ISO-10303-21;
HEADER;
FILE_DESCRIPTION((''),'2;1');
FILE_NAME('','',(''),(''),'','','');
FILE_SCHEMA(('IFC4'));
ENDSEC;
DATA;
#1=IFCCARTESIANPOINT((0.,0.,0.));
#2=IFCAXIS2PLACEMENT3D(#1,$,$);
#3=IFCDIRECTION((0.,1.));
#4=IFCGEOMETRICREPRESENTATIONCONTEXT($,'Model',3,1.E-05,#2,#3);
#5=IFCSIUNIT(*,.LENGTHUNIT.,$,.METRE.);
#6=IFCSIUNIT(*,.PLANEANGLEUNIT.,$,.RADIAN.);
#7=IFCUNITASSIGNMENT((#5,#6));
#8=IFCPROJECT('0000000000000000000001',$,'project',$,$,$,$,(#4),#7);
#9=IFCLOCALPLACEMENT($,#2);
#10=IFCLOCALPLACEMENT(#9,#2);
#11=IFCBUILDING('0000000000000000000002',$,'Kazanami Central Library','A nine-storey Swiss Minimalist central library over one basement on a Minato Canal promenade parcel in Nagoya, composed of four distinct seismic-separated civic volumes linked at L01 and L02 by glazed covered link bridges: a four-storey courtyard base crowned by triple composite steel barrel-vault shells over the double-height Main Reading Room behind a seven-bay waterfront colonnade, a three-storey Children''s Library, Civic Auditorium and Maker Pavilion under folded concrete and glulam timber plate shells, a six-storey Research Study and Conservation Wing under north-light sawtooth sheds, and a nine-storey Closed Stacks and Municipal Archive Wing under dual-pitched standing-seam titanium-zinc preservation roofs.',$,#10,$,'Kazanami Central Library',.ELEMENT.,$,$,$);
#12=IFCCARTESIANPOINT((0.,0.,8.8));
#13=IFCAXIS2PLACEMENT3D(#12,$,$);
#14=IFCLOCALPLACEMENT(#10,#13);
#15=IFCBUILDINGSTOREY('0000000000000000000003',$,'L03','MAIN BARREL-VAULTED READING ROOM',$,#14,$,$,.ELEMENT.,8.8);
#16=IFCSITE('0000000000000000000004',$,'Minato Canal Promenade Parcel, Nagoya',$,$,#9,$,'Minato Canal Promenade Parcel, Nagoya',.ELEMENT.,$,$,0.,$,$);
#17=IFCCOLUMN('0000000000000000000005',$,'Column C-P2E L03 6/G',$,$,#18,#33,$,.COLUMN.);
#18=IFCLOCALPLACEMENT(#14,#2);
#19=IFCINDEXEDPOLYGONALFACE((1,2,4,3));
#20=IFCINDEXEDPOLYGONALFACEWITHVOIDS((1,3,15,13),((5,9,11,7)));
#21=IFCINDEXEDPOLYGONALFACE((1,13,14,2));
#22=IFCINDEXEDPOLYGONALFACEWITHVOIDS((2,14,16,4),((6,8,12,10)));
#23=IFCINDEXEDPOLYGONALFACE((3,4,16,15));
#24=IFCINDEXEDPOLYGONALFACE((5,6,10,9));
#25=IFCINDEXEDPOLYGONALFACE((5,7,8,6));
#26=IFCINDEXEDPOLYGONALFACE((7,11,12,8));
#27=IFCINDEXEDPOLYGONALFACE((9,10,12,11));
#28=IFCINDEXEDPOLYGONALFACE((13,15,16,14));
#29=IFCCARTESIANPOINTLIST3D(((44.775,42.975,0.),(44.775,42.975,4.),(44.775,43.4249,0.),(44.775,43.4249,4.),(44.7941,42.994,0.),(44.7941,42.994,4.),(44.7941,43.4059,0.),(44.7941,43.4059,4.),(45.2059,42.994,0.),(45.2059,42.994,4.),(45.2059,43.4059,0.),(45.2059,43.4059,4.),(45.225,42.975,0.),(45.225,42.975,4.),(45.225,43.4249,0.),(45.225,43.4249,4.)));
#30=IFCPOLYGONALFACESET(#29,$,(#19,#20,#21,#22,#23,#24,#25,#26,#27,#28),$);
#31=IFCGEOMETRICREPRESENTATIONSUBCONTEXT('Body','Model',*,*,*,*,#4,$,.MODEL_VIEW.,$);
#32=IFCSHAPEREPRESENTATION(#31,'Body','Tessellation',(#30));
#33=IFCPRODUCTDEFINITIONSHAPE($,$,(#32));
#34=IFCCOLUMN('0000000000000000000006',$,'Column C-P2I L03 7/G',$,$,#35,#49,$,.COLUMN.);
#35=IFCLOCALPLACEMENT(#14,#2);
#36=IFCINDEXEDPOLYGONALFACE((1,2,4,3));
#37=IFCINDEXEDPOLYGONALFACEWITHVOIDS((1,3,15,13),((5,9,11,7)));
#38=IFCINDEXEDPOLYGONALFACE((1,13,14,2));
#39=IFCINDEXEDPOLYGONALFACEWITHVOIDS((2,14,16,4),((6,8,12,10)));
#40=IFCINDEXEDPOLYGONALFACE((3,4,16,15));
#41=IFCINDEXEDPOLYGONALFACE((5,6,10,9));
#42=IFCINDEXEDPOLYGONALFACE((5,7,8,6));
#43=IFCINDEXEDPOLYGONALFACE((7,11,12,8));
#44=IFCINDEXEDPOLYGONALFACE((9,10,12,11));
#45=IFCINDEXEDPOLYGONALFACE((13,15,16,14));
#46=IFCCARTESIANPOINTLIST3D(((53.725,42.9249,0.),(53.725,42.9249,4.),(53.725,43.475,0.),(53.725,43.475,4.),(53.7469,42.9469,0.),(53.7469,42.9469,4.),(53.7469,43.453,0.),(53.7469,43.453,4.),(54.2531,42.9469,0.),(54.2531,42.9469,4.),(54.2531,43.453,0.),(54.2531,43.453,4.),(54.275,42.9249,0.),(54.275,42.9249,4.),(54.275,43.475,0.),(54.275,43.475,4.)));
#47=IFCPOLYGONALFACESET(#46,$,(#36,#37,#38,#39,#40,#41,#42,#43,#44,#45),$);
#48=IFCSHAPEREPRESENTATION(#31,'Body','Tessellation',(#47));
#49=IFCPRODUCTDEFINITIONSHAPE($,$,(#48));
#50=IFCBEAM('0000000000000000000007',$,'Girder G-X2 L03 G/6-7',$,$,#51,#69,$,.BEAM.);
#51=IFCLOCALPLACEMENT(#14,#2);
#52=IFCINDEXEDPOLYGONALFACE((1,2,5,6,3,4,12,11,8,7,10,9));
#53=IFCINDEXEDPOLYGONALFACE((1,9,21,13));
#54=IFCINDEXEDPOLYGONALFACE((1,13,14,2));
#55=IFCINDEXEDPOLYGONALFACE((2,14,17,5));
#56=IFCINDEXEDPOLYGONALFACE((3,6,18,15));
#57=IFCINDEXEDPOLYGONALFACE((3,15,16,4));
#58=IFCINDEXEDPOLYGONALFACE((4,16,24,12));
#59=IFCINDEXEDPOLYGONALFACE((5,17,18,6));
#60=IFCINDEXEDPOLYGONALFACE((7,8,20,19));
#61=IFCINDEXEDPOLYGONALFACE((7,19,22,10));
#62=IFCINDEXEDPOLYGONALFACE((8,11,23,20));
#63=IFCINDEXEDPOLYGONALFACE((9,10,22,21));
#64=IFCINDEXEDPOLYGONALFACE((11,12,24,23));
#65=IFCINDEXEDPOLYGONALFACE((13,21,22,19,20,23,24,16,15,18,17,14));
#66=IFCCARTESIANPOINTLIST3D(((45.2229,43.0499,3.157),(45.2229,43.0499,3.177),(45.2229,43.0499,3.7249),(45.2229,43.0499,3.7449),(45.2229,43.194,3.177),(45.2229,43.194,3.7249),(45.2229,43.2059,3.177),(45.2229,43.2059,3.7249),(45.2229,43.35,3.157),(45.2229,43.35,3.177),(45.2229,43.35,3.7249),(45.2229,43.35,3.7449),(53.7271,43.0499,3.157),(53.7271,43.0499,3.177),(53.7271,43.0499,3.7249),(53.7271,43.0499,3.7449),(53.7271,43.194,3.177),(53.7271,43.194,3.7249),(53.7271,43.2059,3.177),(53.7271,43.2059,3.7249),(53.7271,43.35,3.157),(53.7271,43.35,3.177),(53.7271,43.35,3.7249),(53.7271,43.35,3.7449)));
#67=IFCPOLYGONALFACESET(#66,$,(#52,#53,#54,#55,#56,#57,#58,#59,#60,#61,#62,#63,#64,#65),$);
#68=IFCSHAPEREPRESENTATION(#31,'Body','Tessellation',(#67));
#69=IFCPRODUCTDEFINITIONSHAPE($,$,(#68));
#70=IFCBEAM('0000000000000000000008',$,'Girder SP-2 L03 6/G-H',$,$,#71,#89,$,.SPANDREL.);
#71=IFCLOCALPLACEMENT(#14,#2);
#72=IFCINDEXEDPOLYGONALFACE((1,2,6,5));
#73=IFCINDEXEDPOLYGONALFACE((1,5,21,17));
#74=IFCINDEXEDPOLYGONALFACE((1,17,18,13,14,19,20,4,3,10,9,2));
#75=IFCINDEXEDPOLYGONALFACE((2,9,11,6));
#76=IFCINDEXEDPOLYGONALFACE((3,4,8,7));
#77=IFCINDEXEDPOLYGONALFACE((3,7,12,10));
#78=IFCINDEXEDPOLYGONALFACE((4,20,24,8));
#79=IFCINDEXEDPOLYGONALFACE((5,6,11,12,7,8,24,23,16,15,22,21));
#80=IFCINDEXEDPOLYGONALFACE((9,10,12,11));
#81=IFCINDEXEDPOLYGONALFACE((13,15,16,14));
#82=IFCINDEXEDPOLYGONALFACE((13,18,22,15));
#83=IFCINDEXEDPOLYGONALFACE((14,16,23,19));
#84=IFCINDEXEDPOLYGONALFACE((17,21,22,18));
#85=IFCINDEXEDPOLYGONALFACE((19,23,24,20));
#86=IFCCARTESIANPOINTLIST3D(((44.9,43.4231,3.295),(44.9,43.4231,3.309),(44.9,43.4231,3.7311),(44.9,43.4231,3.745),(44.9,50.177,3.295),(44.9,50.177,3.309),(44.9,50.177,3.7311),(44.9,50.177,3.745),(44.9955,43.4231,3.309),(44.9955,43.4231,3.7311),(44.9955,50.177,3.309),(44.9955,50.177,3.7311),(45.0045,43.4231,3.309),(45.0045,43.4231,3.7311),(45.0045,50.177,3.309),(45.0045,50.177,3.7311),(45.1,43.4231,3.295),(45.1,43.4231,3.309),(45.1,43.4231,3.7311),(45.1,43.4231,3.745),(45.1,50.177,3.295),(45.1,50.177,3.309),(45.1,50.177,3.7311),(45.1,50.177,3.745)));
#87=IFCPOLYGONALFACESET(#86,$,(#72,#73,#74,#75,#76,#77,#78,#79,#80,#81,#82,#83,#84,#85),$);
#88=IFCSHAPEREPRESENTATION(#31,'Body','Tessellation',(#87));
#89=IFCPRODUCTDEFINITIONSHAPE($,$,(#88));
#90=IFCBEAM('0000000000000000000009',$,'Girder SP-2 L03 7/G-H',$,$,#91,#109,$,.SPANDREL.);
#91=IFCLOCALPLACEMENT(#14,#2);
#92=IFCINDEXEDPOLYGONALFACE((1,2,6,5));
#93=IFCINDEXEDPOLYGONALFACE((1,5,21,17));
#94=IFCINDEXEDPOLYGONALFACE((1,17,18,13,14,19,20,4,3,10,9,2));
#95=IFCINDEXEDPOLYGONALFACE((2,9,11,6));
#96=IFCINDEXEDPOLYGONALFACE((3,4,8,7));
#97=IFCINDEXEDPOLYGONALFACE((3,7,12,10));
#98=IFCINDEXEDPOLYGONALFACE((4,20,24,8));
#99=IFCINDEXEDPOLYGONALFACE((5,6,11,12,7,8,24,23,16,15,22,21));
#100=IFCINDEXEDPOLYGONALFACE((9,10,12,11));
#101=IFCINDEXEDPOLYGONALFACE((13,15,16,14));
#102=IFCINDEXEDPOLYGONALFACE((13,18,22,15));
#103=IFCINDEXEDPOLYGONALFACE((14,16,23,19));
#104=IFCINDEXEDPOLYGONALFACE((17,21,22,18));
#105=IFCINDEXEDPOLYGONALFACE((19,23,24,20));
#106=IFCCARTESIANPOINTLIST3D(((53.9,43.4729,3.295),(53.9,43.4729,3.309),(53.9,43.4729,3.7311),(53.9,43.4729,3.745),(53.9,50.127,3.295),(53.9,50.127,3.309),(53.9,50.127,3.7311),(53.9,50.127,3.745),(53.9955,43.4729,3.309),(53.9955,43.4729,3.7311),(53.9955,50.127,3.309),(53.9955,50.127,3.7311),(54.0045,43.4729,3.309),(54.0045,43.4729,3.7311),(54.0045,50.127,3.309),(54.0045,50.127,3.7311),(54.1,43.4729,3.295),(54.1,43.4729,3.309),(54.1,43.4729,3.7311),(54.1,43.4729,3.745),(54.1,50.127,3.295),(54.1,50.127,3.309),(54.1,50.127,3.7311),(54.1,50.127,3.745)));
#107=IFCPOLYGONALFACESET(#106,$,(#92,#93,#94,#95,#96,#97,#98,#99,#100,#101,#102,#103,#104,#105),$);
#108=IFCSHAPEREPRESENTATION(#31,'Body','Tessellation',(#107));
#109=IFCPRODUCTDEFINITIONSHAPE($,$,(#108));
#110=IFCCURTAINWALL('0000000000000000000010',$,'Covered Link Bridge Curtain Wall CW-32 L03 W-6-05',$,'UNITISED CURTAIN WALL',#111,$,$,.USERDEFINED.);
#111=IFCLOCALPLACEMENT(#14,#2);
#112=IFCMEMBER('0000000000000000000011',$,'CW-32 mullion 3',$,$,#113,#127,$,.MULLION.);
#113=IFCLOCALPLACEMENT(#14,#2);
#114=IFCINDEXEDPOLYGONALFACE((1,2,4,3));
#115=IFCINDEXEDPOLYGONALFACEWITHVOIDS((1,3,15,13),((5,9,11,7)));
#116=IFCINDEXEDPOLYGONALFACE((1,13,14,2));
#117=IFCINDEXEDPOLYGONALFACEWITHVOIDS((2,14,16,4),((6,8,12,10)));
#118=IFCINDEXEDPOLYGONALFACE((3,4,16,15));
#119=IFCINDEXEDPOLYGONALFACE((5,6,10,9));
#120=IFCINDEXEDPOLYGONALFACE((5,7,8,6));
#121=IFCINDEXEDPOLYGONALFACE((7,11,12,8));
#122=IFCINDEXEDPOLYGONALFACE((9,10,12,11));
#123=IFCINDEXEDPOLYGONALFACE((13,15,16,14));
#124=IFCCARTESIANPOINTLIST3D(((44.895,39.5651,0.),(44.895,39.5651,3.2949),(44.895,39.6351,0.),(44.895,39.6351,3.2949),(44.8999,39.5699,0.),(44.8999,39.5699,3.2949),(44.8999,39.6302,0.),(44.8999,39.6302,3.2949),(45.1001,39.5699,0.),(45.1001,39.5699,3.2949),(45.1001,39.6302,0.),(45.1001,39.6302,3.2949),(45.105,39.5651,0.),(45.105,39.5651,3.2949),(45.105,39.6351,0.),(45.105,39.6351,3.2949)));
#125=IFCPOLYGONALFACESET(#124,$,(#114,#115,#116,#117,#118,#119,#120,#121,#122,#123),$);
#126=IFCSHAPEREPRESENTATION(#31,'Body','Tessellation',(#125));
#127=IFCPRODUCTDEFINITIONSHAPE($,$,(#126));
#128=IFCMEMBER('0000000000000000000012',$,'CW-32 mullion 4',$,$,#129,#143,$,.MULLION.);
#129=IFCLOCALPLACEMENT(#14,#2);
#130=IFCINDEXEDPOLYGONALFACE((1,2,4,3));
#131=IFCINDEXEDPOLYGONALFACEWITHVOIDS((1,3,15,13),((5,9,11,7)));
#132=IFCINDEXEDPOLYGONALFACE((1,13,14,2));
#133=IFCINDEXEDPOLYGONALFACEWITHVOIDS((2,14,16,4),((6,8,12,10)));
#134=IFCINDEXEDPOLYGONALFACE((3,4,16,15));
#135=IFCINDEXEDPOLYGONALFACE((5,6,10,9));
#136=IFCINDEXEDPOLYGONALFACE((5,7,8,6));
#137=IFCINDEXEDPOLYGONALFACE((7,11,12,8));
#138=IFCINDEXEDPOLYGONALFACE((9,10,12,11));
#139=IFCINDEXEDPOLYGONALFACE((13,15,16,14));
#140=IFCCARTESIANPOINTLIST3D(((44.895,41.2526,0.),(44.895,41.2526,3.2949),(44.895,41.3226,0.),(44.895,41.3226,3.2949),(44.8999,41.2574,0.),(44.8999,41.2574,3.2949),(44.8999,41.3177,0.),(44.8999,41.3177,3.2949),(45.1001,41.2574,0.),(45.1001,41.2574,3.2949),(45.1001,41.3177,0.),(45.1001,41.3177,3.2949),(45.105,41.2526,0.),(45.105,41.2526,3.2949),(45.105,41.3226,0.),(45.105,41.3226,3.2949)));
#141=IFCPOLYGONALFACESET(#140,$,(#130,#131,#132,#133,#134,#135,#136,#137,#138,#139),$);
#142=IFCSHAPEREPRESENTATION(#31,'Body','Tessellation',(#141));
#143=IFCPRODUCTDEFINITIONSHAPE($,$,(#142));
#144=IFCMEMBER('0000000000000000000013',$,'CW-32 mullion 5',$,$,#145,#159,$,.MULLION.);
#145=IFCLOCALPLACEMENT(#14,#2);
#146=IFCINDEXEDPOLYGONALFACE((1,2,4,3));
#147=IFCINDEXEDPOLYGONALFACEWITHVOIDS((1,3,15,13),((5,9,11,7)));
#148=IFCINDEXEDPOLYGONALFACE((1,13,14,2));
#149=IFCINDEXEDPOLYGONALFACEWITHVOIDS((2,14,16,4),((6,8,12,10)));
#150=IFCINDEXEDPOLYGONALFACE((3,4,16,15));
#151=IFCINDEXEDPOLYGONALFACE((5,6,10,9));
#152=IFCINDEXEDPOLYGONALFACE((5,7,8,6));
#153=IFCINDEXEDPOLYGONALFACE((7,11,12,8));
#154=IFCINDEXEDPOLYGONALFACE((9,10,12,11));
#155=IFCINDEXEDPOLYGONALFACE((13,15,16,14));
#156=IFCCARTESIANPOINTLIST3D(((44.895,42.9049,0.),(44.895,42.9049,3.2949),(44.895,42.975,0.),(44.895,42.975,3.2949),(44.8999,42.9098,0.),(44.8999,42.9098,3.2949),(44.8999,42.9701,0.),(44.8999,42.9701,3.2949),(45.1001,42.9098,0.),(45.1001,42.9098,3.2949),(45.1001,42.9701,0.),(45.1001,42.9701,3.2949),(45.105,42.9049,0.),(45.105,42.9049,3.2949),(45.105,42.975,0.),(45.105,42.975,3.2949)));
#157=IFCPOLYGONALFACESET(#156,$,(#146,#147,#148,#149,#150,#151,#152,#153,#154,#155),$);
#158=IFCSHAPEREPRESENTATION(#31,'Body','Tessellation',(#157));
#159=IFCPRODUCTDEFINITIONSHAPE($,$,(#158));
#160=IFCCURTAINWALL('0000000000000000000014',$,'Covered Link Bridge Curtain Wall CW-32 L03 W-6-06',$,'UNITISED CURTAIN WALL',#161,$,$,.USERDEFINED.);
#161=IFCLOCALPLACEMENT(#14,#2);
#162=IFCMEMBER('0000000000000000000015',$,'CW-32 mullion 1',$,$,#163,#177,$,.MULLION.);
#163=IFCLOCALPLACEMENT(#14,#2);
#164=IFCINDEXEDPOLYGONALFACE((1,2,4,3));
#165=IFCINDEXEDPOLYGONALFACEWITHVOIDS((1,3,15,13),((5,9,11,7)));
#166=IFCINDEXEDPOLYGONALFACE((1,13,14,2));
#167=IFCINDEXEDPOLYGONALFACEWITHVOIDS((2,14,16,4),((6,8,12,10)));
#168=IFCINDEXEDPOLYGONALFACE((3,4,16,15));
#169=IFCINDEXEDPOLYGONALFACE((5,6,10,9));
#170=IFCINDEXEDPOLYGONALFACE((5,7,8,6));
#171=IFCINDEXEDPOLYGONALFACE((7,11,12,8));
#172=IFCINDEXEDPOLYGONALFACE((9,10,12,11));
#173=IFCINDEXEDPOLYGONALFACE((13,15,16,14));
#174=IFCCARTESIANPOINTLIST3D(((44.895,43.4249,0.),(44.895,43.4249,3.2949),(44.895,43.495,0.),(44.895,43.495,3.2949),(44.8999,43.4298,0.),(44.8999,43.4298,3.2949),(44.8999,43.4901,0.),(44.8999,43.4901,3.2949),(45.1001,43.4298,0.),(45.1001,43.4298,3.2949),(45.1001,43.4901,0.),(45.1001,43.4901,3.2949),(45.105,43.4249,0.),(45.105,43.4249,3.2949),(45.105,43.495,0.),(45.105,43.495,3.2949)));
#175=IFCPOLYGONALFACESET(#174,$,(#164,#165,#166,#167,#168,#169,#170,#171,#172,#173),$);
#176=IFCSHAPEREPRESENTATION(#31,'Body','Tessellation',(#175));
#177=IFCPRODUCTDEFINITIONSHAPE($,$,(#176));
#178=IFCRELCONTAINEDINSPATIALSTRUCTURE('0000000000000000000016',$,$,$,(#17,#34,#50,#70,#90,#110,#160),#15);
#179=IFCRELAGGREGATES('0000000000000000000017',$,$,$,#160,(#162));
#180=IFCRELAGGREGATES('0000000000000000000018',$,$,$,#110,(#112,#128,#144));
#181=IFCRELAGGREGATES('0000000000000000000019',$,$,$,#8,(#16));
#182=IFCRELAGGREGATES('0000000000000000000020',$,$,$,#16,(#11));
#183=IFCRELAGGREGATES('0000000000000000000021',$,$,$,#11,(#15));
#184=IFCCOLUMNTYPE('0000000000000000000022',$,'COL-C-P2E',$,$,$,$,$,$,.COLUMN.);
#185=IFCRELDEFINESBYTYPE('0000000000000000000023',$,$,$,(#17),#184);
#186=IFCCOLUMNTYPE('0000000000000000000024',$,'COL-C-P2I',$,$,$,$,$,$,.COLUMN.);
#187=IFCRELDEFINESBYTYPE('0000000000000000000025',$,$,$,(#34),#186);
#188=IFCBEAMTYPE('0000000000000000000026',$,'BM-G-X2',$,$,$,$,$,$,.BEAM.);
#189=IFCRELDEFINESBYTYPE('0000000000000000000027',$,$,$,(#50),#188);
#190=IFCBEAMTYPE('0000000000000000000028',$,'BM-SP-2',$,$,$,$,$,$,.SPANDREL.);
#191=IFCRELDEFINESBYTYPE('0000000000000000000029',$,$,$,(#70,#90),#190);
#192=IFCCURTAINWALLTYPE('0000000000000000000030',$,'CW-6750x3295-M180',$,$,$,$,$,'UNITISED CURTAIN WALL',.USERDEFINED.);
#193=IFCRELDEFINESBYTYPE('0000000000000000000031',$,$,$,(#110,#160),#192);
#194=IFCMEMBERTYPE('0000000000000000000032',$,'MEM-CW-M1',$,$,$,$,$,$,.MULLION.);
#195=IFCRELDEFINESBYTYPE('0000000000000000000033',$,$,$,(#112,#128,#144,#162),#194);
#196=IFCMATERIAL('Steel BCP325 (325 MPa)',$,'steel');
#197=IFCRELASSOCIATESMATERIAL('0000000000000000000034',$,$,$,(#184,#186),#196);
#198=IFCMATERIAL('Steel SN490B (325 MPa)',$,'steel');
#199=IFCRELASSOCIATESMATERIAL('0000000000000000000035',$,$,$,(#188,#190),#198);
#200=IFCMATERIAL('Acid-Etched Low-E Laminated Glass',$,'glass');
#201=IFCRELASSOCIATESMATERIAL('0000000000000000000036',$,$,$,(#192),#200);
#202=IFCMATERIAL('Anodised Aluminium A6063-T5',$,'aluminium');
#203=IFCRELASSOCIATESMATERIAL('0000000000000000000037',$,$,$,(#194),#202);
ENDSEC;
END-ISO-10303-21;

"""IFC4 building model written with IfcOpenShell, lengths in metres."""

from ifc_helpers import new_model, si_unit, direction, frame, origin, origin_2d, place, context, subcontext, project, spatial, hollow_rectangle, i_section, extrude, material, material_profile, profile_set, type_object, element, aggregate, save


model = new_model("IFC4")

# Units and contexts
model_context = context("Model", 3, precision=1e-05, world=origin(), true_north=direction((0.0, 1.0)))
body_context = subcontext(model_context, "Body", "Model", "MODEL_VIEW")
ifc_project = project(units=[si_unit("LENGTHUNIT", "METRE"), si_unit("PLANEANGLEUNIT", "RADIAN")], contexts=[model_context])

# Site, building, storey
site_placement = place(None, origin())
site = spatial("IfcSite", under=ifc_project, at=site_placement, Name="Minato Canal Promenade Parcel, Nagoya", LongName="Minato Canal Promenade Parcel, Nagoya", CompositionType="ELEMENT", RefElevation=0.0)
building_placement = place(site_placement, origin())
building = spatial("IfcBuilding", under=site, at=building_placement, Name="Kazanami Central Library", Description="A nine-storey Swiss Minimalist central library over one basement on a Minato Canal promenade parcel in Nagoya, composed of four distinct seismic-separated civic volumes linked at L01 and L02 by glazed covered link bridges: a four-storey courtyard base crowned by triple composite steel barrel-vault shells over the double-height Main Reading Room behind a seven-bay waterfront colonnade, a three-storey Children's Library, Civic Auditorium and Maker Pavilion under folded concrete and glulam timber plate shells, a six-storey Research Study and Conservation Wing under north-light sawtooth sheds, and a nine-storey Closed Stacks and Municipal Archive Wing under dual-pitched standing-seam titanium-zinc preservation roofs.", LongName="Kazanami Central Library", CompositionType="ELEMENT")
storey_placement = place(building_placement, frame((0.0, 0.0, 8.8)))
storey = spatial("IfcBuildingStorey", under=building, at=storey_placement, Name="L03", Description="MAIN BARREL-VAULTED READING ROOM", CompositionType="ELEMENT", Elevation=8.8)

# Columns
ifc_material_1 = material(Name="Steel BCP325 (325 MPa)", Category="steel")
ifc_material_profile_1 = material_profile(ifc_material_1, hollow_rectangle(XDim=0.45, YDim=0.45, WallThickness=0.019, at=origin_2d()), Name="BCP-450x450x19")
ifc_profile_set_1 = profile_set([ifc_material_profile_1], Name="Steel BCP325 (325 MPa)")
column_type_1 = type_object("IfcColumnType", Name="COL-C-P2E", PredefinedType="COLUMN", material=ifc_profile_set_1)
column_1_placement = place(storey_placement, frame((45.0, 43.2, 0.0), z_axis=(0.0, 0.0, 1.0), x_axis=(1.0, 0.0, 0.0)))
element("IfcColumn", 1, at=column_1_placement, inside=storey, type_object=column_type_1, Name="Column C-P2E L03 6/G", PredefinedType="COLUMN", context=body_context, shape_type="SweptSolid", body=[
    extrude(hollow_rectangle(XDim=0.45, YDim=0.45, WallThickness=0.019, at=origin_2d()), origin(), (0.0, 0.0, 1.0), 4.0),
])
ifc_material_profile_2 = material_profile(ifc_material_1, hollow_rectangle(XDim=0.55, YDim=0.55, WallThickness=0.022, at=origin_2d()), Name="BCP-550x550x22")
ifc_profile_set_2 = profile_set([ifc_material_profile_2], Name="Steel BCP325 (325 MPa)")
column_type_2 = type_object("IfcColumnType", Name="COL-C-P2I", PredefinedType="COLUMN", material=ifc_profile_set_2)
column_2_placement = place(storey_placement, frame((54.0, 43.2, 0.0), z_axis=(0.0, 0.0, 1.0), x_axis=(1.0, 0.0, 0.0)))
element("IfcColumn", 2, at=column_2_placement, inside=storey, type_object=column_type_2, Name="Column C-P2I L03 7/G", PredefinedType="COLUMN", context=body_context, shape_type="SweptSolid", body=[
    extrude(hollow_rectangle(XDim=0.55, YDim=0.55, WallThickness=0.022, at=origin_2d()), origin(), (0.0, 0.0, 1.0), 4.0),
])

# Beams
ifc_material_2 = material(Name="Steel SN490B (325 MPa)", Category="steel")
ifc_material_profile_3 = material_profile(ifc_material_2, i_section(OverallWidth=0.3, OverallDepth=0.5879, WebThickness=0.012, FlangeThickness=0.02, at=origin_2d()), Name="H-588x300x12x20")
ifc_profile_set_3 = profile_set([ifc_material_profile_3], Name="Steel SN490B (325 MPa)")
beam_type_1 = type_object("IfcBeamType", Name="BM-G-X2", PredefinedType="BEAM", material=ifc_profile_set_3)
beam_1_placement = place(storey_placement, frame((45.2229, 43.2, 3.4509), z_axis=(1.0, 0.0, 0.0), x_axis=(0.0, 1.0, 0.0)))
element("IfcBeam", 3, at=beam_1_placement, inside=storey, type_object=beam_type_1, Name="Girder G-X2 L03 G/6-7", PredefinedType="BEAM", context=body_context, shape_type="SweptSolid", body=[
    extrude(i_section(OverallWidth=0.3, OverallDepth=0.5879, WebThickness=0.012, FlangeThickness=0.02, at=origin_2d()), origin(), (0.0, 0.0, 1.0), 8.5042),
])
ifc_material_profile_4 = material_profile(ifc_material_2, i_section(OverallWidth=0.2, OverallDepth=0.45, WebThickness=0.009, FlangeThickness=0.0139, at=origin_2d()), Name="H-450x200x9x14")
ifc_profile_set_4 = profile_set([ifc_material_profile_4], Name="Steel SN490B (325 MPa)")
beam_type_2 = type_object("IfcBeamType", Name="BM-SP-2", PredefinedType="SPANDREL", material=ifc_profile_set_4)
beam_2_placement = place(storey_placement, frame((45.0, 43.4231, 3.52), z_axis=(0.0, 1.0, 0.0), x_axis=(-1.0, 0.0, 0.0)))
element("IfcBeam", 4, at=beam_2_placement, inside=storey, type_object=beam_type_2, Name="Girder SP-2 L03 6/G-H", PredefinedType="SPANDREL", context=body_context, shape_type="SweptSolid", body=[
    extrude(i_section(OverallWidth=0.2, OverallDepth=0.45, WebThickness=0.009, FlangeThickness=0.0139, at=origin_2d()), origin(), (0.0, 0.0, 1.0), 6.7539),
])
beam_3_placement = place(storey_placement, frame((54.0, 43.4729, 3.52), z_axis=(0.0, 1.0, 0.0), x_axis=(-1.0, 0.0, 0.0)))
element("IfcBeam", 5, at=beam_3_placement, inside=storey, type_object=beam_type_2, Name="Girder SP-2 L03 7/G-H", PredefinedType="SPANDREL", context=body_context, shape_type="SweptSolid", body=[
    extrude(i_section(OverallWidth=0.2, OverallDepth=0.45, WebThickness=0.009, FlangeThickness=0.0139, at=origin_2d()), origin(), (0.0, 0.0, 1.0), 6.6541),
])

# Curtain wall, members
ifc_material_3 = material(Name="Acid-Etched Low-E Laminated Glass", Category="glass")
curtain_wall_type_1 = type_object("IfcCurtainWallType", Name="CW-6750x3295-M180", ElementType="UNITISED CURTAIN WALL", PredefinedType="USERDEFINED", material=ifc_material_3)
curtain_wall_1_placement = place(storey_placement, origin())
curtain_wall_1 = element("IfcCurtainWall", 6, at=curtain_wall_1_placement, inside=storey, type_object=curtain_wall_type_1, Name="Covered Link Bridge Curtain Wall CW-32 L03 W-6-05", ObjectType="UNITISED CURTAIN WALL", PredefinedType="USERDEFINED")
ifc_material_4 = material(Name="Anodised Aluminium A6063-T5", Category="aluminium")
ifc_material_profile_5 = material_profile(ifc_material_4, hollow_rectangle(XDim=0.0701, YDim=0.21, WallThickness=0.0049, at=origin_2d()), Name="ALU-MULL-70x210x5")
ifc_profile_set_5 = profile_set([ifc_material_profile_5], Name="Anodised Aluminium A6063-T5")
member_type_1 = type_object("IfcMemberType", Name="MEM-CW-M1", PredefinedType="MULLION", material=ifc_profile_set_5)
member_1_placement = place(storey_placement, frame((45.0, 39.6001, 0.0), z_axis=(0.0, 0.0, 1.0), x_axis=(0.0, 1.0, 0.0)))
member_1 = element("IfcMember", 7, at=member_1_placement, type_object=member_type_1, Name="CW-32 mullion 3", PredefinedType="MULLION", context=body_context, shape_type="SweptSolid", body=[
    extrude(hollow_rectangle(XDim=0.0701, YDim=0.21, WallThickness=0.0049, at=origin_2d()), origin(), (0.0, 0.0, 1.0), 3.2949),
])
member_2_placement = place(storey_placement, frame((45.0, 41.2876, 0.0), z_axis=(0.0, 0.0, 1.0), x_axis=(0.0, 1.0, 0.0)))
member_2 = element("IfcMember", 8, at=member_2_placement, type_object=member_type_1, Name="CW-32 mullion 4", PredefinedType="MULLION", context=body_context, shape_type="SweptSolid", body=[
    extrude(hollow_rectangle(XDim=0.0701, YDim=0.21, WallThickness=0.0049, at=origin_2d()), origin(), (0.0, 0.0, 1.0), 3.2949),
])
member_3_placement = place(storey_placement, frame((45.0, 42.9399, 0.0), z_axis=(0.0, 0.0, 1.0), x_axis=(0.0, 1.0, 0.0)))
member_3 = element("IfcMember", 9, at=member_3_placement, type_object=member_type_1, Name="CW-32 mullion 5", PredefinedType="MULLION", context=body_context, shape_type="SweptSolid", body=[
    extrude(hollow_rectangle(XDim=0.0701, YDim=0.21, WallThickness=0.0049, at=origin_2d()), origin(), (0.0, 0.0, 1.0), 3.2949),
])

# Curtain wall, member
curtain_wall_2_placement = place(storey_placement, origin())
curtain_wall_2 = element("IfcCurtainWall", 10, at=curtain_wall_2_placement, inside=storey, type_object=curtain_wall_type_1, Name="Covered Link Bridge Curtain Wall CW-32 L03 W-6-06", ObjectType="UNITISED CURTAIN WALL", PredefinedType="USERDEFINED")
member_4_placement = place(storey_placement, frame((45.0, 43.46, 0.0), z_axis=(0.0, 0.0, 1.0), x_axis=(0.0, 1.0, 0.0)))
member_4 = element("IfcMember", 11, at=member_4_placement, type_object=member_type_1, Name="CW-32 mullion 1", PredefinedType="MULLION", context=body_context, shape_type="SweptSolid", body=[
    extrude(hollow_rectangle(XDim=0.0701, YDim=0.21, WallThickness=0.0049, at=origin_2d()), origin(), (0.0, 0.0, 1.0), 3.2949),
])

aggregate(curtain_wall_2, [member_4])

aggregate(curtain_wall_1, [member_1, member_2, member_3])

save(model, "model.ifc")
